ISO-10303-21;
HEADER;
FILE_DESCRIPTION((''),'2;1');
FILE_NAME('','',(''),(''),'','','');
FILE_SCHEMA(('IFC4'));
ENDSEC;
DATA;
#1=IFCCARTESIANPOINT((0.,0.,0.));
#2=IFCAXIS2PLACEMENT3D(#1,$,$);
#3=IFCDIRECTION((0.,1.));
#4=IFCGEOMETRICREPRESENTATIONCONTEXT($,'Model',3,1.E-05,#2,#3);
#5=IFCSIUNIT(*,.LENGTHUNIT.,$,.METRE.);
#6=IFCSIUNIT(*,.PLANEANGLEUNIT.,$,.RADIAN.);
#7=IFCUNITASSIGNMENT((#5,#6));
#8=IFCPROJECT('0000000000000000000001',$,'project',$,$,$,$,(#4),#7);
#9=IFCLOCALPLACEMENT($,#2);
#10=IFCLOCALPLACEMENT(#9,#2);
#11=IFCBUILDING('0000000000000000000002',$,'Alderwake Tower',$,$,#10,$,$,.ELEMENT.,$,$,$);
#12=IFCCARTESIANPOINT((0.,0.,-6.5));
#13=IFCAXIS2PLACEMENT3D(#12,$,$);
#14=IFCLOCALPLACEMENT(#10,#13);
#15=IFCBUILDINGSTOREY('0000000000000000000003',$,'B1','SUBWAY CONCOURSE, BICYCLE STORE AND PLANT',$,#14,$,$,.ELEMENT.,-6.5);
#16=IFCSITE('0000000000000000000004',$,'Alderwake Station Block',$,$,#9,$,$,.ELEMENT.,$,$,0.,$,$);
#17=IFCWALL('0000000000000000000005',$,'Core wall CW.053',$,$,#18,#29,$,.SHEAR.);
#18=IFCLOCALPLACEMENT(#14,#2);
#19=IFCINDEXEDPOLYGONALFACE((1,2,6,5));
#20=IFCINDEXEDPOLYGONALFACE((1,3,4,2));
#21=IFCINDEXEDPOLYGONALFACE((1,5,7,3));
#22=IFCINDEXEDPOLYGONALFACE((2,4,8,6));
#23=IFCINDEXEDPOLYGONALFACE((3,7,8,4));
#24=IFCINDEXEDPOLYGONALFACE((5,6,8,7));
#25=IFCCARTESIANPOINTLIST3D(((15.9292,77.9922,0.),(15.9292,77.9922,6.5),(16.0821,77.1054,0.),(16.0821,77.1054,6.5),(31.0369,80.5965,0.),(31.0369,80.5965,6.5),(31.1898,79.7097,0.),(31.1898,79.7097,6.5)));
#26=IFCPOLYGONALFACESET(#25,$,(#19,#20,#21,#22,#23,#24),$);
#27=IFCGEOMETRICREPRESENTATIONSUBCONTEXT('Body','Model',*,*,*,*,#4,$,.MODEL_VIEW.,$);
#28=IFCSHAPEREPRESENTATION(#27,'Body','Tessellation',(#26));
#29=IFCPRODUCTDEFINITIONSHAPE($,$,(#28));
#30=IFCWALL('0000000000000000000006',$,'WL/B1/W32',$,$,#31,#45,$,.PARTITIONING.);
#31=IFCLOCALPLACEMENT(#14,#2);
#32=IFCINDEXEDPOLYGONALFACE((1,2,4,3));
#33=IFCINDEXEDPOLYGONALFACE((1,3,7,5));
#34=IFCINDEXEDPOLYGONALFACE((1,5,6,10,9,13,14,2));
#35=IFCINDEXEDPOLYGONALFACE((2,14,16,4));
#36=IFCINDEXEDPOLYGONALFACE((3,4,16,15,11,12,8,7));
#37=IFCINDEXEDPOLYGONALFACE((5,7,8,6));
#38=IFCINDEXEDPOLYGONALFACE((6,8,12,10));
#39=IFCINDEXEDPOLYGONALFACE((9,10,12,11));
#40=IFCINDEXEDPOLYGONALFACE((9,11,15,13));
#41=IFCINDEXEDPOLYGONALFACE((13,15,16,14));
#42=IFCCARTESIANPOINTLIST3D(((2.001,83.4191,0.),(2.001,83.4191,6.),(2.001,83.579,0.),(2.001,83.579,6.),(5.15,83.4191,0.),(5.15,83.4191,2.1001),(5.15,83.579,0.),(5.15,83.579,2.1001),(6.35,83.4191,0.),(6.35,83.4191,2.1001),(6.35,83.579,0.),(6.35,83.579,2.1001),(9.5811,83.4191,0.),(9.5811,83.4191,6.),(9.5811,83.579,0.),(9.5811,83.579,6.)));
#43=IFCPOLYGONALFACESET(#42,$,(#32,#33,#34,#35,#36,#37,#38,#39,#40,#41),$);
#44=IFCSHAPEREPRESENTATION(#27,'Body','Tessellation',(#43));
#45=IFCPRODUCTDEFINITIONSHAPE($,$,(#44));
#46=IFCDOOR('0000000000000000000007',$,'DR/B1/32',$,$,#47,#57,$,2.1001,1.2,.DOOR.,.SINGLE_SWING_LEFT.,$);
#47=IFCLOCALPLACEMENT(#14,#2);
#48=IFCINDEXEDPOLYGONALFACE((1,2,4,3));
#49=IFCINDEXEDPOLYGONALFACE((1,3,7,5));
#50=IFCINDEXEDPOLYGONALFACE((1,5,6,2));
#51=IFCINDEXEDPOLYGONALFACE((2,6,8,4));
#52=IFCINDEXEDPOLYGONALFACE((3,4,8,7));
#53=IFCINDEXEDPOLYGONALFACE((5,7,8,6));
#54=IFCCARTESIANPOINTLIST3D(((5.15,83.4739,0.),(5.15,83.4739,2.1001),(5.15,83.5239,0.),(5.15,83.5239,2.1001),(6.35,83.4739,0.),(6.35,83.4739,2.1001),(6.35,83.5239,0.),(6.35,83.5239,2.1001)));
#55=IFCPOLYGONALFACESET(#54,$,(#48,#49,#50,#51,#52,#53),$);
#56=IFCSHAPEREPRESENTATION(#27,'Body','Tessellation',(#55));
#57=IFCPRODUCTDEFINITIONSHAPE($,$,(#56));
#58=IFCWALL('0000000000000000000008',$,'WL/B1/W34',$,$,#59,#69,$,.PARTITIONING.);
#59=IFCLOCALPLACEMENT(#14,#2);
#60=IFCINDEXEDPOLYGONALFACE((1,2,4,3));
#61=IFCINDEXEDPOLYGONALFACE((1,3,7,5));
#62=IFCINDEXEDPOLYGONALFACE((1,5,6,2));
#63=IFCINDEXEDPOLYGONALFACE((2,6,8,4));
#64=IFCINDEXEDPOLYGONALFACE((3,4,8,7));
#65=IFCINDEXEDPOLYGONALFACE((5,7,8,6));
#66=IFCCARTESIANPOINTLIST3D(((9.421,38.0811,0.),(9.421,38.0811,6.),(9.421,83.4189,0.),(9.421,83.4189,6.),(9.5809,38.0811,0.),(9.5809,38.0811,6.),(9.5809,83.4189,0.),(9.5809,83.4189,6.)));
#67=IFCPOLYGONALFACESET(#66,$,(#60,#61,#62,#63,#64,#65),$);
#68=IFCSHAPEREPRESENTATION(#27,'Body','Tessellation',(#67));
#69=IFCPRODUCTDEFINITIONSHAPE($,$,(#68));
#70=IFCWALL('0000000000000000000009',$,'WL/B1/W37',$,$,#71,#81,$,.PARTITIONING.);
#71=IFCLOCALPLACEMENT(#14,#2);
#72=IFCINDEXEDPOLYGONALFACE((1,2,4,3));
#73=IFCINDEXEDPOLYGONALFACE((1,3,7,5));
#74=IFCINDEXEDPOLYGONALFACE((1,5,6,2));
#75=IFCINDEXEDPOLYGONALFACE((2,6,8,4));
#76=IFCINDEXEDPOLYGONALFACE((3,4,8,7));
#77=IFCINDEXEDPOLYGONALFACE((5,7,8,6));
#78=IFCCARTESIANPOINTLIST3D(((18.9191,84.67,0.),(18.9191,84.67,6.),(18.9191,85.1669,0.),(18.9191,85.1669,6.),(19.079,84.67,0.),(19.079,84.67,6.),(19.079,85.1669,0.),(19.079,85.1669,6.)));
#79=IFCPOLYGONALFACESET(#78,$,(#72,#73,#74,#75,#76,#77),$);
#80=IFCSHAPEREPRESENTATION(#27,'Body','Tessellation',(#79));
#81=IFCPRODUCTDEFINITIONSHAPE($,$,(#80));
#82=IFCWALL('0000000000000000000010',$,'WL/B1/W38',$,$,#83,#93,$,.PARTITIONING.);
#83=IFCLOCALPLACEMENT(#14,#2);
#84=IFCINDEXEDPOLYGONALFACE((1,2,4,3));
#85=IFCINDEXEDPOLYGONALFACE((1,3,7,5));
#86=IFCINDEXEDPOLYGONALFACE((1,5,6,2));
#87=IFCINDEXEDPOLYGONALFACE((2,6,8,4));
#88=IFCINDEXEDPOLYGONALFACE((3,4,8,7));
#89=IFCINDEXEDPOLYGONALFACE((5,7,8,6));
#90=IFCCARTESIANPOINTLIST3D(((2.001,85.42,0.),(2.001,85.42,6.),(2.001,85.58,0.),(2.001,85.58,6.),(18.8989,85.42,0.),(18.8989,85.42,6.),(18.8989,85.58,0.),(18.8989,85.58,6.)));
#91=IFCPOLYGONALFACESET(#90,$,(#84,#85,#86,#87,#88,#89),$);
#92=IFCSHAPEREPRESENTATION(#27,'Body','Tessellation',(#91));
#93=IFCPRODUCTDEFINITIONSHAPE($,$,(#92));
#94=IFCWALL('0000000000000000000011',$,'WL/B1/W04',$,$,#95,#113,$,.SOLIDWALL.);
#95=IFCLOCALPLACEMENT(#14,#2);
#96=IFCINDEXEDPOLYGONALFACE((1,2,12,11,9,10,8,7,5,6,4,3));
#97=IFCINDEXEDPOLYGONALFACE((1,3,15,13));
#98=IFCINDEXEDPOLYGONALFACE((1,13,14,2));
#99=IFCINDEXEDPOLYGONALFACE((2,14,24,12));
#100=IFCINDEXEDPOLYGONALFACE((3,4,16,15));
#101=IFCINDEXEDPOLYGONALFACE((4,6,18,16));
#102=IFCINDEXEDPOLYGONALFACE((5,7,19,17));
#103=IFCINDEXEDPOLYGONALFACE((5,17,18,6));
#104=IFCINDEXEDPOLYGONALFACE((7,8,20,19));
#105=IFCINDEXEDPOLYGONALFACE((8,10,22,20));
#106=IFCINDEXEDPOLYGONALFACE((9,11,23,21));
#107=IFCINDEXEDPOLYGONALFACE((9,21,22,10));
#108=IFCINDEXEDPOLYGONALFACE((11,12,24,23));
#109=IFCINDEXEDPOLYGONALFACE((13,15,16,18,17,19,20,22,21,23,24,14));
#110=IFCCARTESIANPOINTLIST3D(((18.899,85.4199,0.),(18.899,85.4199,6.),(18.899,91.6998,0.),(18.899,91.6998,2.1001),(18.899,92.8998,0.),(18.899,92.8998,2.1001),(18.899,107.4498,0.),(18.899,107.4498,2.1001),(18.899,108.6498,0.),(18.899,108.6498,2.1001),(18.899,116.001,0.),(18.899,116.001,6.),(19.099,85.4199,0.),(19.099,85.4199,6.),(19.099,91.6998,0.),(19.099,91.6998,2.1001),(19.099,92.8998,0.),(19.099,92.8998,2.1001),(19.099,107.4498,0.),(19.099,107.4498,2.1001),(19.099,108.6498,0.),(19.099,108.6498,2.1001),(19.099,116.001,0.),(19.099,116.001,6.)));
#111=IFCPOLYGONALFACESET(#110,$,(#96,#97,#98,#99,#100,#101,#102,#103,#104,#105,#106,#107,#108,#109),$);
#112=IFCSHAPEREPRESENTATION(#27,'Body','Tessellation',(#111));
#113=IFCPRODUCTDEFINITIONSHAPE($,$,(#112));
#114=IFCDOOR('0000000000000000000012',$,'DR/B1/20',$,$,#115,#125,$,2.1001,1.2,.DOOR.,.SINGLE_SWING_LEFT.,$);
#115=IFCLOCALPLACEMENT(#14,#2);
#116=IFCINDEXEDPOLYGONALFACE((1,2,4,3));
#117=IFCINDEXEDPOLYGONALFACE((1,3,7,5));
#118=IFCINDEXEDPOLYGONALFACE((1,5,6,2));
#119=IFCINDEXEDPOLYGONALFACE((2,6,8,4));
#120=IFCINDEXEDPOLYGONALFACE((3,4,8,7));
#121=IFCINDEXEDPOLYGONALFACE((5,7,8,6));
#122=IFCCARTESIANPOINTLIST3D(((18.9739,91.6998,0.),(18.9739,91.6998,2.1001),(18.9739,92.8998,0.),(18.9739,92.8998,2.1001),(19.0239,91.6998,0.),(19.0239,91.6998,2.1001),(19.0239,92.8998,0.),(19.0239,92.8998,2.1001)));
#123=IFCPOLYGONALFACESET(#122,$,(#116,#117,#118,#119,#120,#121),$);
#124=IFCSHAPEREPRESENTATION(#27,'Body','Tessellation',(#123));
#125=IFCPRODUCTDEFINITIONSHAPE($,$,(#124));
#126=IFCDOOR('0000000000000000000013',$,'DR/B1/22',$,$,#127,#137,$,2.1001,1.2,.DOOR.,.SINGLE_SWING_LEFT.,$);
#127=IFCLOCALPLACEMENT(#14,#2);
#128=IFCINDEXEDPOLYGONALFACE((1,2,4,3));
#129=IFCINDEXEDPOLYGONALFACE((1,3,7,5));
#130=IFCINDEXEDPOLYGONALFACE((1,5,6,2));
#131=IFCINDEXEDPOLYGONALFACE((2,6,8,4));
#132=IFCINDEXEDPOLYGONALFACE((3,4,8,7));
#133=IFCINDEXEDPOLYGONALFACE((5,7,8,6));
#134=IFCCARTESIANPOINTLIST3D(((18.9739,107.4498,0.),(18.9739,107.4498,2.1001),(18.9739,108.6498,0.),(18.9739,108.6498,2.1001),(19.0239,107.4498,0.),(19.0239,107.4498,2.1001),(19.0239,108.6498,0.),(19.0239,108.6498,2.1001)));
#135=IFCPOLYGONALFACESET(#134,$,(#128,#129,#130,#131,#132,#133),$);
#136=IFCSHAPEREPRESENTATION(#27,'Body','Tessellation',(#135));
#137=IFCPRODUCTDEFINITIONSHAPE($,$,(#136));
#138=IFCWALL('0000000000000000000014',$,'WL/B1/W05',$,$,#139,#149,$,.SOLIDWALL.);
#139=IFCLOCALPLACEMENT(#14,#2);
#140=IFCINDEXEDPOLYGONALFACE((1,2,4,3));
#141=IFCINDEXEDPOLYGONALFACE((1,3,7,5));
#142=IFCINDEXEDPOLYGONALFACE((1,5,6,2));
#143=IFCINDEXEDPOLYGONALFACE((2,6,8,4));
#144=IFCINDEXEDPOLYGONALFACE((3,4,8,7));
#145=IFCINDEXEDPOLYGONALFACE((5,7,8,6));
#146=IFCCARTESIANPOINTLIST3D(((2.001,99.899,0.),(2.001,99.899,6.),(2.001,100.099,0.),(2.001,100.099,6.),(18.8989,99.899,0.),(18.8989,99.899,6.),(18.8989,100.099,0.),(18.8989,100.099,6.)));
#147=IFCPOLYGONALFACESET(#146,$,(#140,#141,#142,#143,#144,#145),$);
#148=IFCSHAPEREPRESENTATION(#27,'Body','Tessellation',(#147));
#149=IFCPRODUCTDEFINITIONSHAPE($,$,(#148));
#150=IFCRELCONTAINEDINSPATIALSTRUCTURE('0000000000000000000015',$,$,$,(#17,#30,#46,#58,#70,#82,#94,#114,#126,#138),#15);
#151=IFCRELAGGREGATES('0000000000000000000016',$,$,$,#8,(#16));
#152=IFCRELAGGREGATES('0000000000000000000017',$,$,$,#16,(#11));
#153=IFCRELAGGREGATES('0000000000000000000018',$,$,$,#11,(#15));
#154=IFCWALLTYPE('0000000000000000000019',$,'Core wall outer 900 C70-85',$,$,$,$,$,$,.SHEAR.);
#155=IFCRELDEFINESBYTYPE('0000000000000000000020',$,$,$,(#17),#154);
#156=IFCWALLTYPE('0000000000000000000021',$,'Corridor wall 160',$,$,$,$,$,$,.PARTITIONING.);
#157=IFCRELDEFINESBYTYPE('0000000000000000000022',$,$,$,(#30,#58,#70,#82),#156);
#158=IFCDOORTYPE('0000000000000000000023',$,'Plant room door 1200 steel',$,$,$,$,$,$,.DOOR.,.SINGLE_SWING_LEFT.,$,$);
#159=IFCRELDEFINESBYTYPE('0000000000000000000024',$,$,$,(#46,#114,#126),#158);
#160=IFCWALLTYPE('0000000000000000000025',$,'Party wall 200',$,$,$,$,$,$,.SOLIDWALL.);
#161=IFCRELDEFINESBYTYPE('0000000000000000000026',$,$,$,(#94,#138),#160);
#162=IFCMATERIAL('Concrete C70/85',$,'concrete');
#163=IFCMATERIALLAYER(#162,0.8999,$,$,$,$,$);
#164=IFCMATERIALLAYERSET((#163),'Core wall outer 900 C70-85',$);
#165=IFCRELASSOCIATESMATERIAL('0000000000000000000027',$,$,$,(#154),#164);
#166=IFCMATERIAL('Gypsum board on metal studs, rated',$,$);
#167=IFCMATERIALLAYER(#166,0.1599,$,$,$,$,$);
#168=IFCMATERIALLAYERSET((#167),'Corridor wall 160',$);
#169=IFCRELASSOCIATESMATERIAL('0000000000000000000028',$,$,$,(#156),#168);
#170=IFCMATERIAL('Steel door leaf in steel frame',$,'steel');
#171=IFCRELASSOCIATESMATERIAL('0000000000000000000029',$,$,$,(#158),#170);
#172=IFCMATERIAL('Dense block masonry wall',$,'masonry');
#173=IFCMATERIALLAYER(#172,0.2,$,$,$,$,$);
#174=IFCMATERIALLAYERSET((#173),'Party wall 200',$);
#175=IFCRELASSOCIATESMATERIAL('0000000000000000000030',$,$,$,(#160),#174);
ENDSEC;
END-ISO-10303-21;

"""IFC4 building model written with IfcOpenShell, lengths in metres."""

from ifc_helpers import new_model, si_unit, direction, frame, frame_2d, origin, place, context, subcontext, project, spatial, rectangle, extrude, material, layer, layer_set, type_object, element, fill, save


model = new_model("IFC4")

# Units and contexts
model_context = context("Model", 3, precision=1e-05, world=origin(), true_north=direction((0.0, 1.0)))
body_context = subcontext(model_context, "Body", "Model", "MODEL_VIEW")
ifc_project = project(units=[si_unit("LENGTHUNIT", "METRE"), si_unit("PLANEANGLEUNIT", "RADIAN")], contexts=[model_context])

# Site, building, storey
site_placement = place(None, origin())
site = spatial("IfcSite", under=ifc_project, at=site_placement, Name="Alderwake Station Block", CompositionType="ELEMENT", RefElevation=0.0)
building_placement = place(site_placement, origin())
building = spatial("IfcBuilding", under=site, at=building_placement, Name="Alderwake Tower", CompositionType="ELEMENT")
storey_placement = place(building_placement, frame((0.0, 0.0, -6.5)))
storey = spatial("IfcBuildingStorey", under=building, at=storey_placement, Name="B1", Description="SUBWAY CONCOURSE, BICYCLE STORE AND PLANT", CompositionType="ELEMENT", Elevation=-6.5)

# Wall
ifc_material_1 = material(Name="Concrete C70/85", Category="concrete")
ifc_layer_1 = layer(ifc_material_1, 0.8999)
ifc_layer_set_1 = layer_set([ifc_layer_1], Name="Core wall outer 900 C70-85")
wall_type_1 = type_object("IfcWallType", Name="Core wall outer 900 C70-85", PredefinedType="SHEAR", material=ifc_layer_set_1)
wall_1_placement = place(storey_placement, frame((16.0056, 77.5488, 0.0), z_axis=(0.0, 0.0, 1.0), x_axis=(0.985466, 0.169874, 0.0)))
element("IfcWall", 1, at=wall_1_placement, inside=storey, type_object=wall_type_1, Name="Core wall CW.053", PredefinedType="SHEAR", context=body_context, shape_type="SweptSolid", body=[
    extrude(rectangle(XDim=15.3306, YDim=0.8999, at=frame_2d((7.6653, 0.0))), origin(), (0.0, 0.0, 1.0), 6.5),
])

# Wall, opening, door
ifc_material_2 = material(Name="Gypsum board on metal studs, rated")
ifc_layer_2 = layer(ifc_material_2, 0.1599)
ifc_layer_set_2 = layer_set([ifc_layer_2], Name="Corridor wall 160")
wall_type_2 = type_object("IfcWallType", Name="Corridor wall 160", PredefinedType="PARTITIONING", material=ifc_layer_set_2)
wall_2_placement = place(storey_placement, frame((2.001, 83.499, 0.0), z_axis=(0.0, 0.0, 1.0), x_axis=(1.0, 0.0, 0.0)))
wall_2 = element("IfcWall", 2, at=wall_2_placement, inside=storey, type_object=wall_type_2, Name="WL/B1/W32", PredefinedType="PARTITIONING", context=body_context, shape_type="SweptSolid", body=[
    extrude(rectangle(XDim=7.5801, YDim=0.1599, at=frame_2d((3.79, 0.0))), origin(), (0.0, 0.0, 1.0), 6.0),
])
opening_1_placement = place(wall_2_placement, frame((3.1489, 0.0, 0.0)))
opening_1 = element("IfcOpeningElement", 3, at=opening_1_placement, cuts=wall_2, PredefinedType="OPENING", context=body_context, shape_type="SweptSolid", body=[
    extrude(rectangle(XDim=1.2, YDim=2.1001, at=frame_2d((0.6001, 1.05))), frame((0.0, 0.0898, 0.0), z_axis=(0.0, -1.0, 0.0), x_axis=(1.0, 0.0, 0.0)), (0.0, 0.0, 1.0), 0.1799),
])
ifc_material_3 = material(Name="Steel door leaf in steel frame", Category="steel")
door_type = type_object("IfcDoorType", Name="Plant room door 1200 steel", OperationType="SINGLE_SWING_LEFT", PredefinedType="DOOR", material=ifc_material_3)
door_1_placement = place(opening_1_placement, origin())
door_1 = element("IfcDoor", 4, at=door_1_placement, inside=storey, type_object=door_type, Name="DR/B1/32", OperationType="SINGLE_SWING_LEFT", OverallHeight=2.1001, OverallWidth=1.2, PredefinedType="DOOR", context=body_context, shape_type="SweptSolid", body=[
    extrude(rectangle(XDim=1.2, YDim=2.1001, at=frame_2d((0.6001, 1.05))), frame((0.0, 0.0249, 0.0), z_axis=(0.0, -1.0, 0.0), x_axis=(1.0, 0.0, 0.0)), (0.0, 0.0, 1.0), 0.05),
])
fill(opening_1, door_1)

# Walls
wall_3_placement = place(storey_placement, frame((9.501, 83.4189, 0.0), z_axis=(0.0, 0.0, 1.0), x_axis=(0.0, -1.0, 0.0)))
element("IfcWall", 5, at=wall_3_placement, inside=storey, type_object=wall_type_2, Name="WL/B1/W34", PredefinedType="PARTITIONING", context=body_context, shape_type="SweptSolid", body=[
    extrude(rectangle(XDim=45.3379, YDim=0.1599, at=frame_2d((22.6689, 0.0))), origin(), (0.0, 0.0, 1.0), 6.0),
])
wall_4_placement = place(storey_placement, frame((18.999, 84.6699, 0.0), z_axis=(0.0, 0.0, 1.0), x_axis=(0.0, 1.0, 0.0)))
element("IfcWall", 6, at=wall_4_placement, inside=storey, type_object=wall_type_2, Name="WL/B1/W37", PredefinedType="PARTITIONING", context=body_context, shape_type="SweptSolid", body=[
    extrude(rectangle(XDim=0.4968, YDim=0.1599, at=frame_2d((0.2485, 0.0))), origin(), (0.0, 0.0, 1.0), 6.0),
])
wall_5_placement = place(storey_placement, frame((18.8989, 85.5, 0.0), z_axis=(0.0, 0.0, 1.0), x_axis=(-1.0, 0.0, 0.0)))
element("IfcWall", 7, at=wall_5_placement, inside=storey, type_object=wall_type_2, Name="WL/B1/W38", PredefinedType="PARTITIONING", context=body_context, shape_type="SweptSolid", body=[
    extrude(rectangle(XDim=16.8979, YDim=0.1599, at=frame_2d((8.449, 0.0))), origin(), (0.0, 0.0, 1.0), 6.0),
])

# Wall, openings, doors
ifc_material_4 = material(Name="Dense block masonry wall", Category="masonry")
ifc_layer_3 = layer(ifc_material_4, 0.2)
ifc_layer_set_3 = layer_set([ifc_layer_3], Name="Party wall 200")
wall_type_3 = type_object("IfcWallType", Name="Party wall 200", PredefinedType="SOLIDWALL", material=ifc_layer_set_3)
wall_6_placement = place(storey_placement, frame((18.999, 116.001, 0.0), z_axis=(0.0, 0.0, 1.0), x_axis=(0.0, -1.0, 0.0)))
wall_6 = element("IfcWall", 8, at=wall_6_placement, inside=storey, type_object=wall_type_3, Name="WL/B1/W04", PredefinedType="SOLIDWALL", context=body_context, shape_type="SweptSolid", body=[
    extrude(rectangle(XDim=30.5811, YDim=0.2, at=frame_2d((15.2905, 0.0))), origin(), (0.0, 0.0, 1.0), 6.0),
])
opening_2_placement = place(wall_6_placement, frame((23.1011, 0.0, 0.0)))
opening_2 = element("IfcOpeningElement", 9, at=opening_2_placement, cuts=wall_6, PredefinedType="OPENING", context=body_context, shape_type="SweptSolid", body=[
    extrude(rectangle(XDim=1.2, YDim=2.1001, at=frame_2d((0.6001, 1.05))), frame((0.0, 0.1099, 0.0), z_axis=(0.0, -1.0, 0.0), x_axis=(1.0, 0.0, 0.0)), (0.0, 0.0, 1.0), 0.22),
])
opening_3_placement = place(wall_6_placement, frame((7.3511, 0.0, 0.0)))
opening_3 = element("IfcOpeningElement", 10, at=opening_3_placement, cuts=wall_6, PredefinedType="OPENING", context=body_context, shape_type="SweptSolid", body=[
    extrude(rectangle(XDim=1.2, YDim=2.1001, at=frame_2d((0.6001, 1.05))), frame((0.0, 0.1099, 0.0), z_axis=(0.0, -1.0, 0.0), x_axis=(1.0, 0.0, 0.0)), (0.0, 0.0, 1.0), 0.22),
])
door_2_placement = place(opening_2_placement, origin())
door_2 = element("IfcDoor", 11, at=door_2_placement, inside=storey, type_object=door_type, Name="DR/B1/20", OperationType="SINGLE_SWING_LEFT", OverallHeight=2.1001, OverallWidth=1.2, PredefinedType="DOOR", context=body_context, shape_type="SweptSolid", body=[
    extrude(rectangle(XDim=1.2, YDim=2.1001, at=frame_2d((0.6001, 1.05))), frame((0.0, 0.0249, 0.0), z_axis=(0.0, -1.0, 0.0), x_axis=(1.0, 0.0, 0.0)), (0.0, 0.0, 1.0), 0.05),
])
fill(opening_2, door_2)
door_3_placement = place(opening_3_placement, origin())
door_3 = element("IfcDoor", 12, at=door_3_placement, inside=storey, type_object=door_type, Name="DR/B1/22", OperationType="SINGLE_SWING_LEFT", OverallHeight=2.1001, OverallWidth=1.2, PredefinedType="DOOR", context=body_context, shape_type="SweptSolid", body=[
    extrude(rectangle(XDim=1.2, YDim=2.1001, at=frame_2d((0.6001, 1.05))), frame((0.0, 0.0249, 0.0), z_axis=(0.0, -1.0, 0.0), x_axis=(1.0, 0.0, 0.0)), (0.0, 0.0, 1.0), 0.05),
])
fill(opening_3, door_3)

# Wall
wall_7_placement = place(storey_placement, frame((18.8989, 99.999, 0.0), z_axis=(0.0, 0.0, 1.0), x_axis=(-1.0, 0.0, 0.0)))
element("IfcWall", 13, at=wall_7_placement, inside=storey, type_object=wall_type_3, Name="WL/B1/W05", PredefinedType="SOLIDWALL", context=body_context, shape_type="SweptSolid", body=[
    extrude(rectangle(XDim=16.8979, YDim=0.2, at=frame_2d((8.449, 0.0))), origin(), (0.0, 0.0, 1.0), 6.0),
])

save(model, "model.ifc")
